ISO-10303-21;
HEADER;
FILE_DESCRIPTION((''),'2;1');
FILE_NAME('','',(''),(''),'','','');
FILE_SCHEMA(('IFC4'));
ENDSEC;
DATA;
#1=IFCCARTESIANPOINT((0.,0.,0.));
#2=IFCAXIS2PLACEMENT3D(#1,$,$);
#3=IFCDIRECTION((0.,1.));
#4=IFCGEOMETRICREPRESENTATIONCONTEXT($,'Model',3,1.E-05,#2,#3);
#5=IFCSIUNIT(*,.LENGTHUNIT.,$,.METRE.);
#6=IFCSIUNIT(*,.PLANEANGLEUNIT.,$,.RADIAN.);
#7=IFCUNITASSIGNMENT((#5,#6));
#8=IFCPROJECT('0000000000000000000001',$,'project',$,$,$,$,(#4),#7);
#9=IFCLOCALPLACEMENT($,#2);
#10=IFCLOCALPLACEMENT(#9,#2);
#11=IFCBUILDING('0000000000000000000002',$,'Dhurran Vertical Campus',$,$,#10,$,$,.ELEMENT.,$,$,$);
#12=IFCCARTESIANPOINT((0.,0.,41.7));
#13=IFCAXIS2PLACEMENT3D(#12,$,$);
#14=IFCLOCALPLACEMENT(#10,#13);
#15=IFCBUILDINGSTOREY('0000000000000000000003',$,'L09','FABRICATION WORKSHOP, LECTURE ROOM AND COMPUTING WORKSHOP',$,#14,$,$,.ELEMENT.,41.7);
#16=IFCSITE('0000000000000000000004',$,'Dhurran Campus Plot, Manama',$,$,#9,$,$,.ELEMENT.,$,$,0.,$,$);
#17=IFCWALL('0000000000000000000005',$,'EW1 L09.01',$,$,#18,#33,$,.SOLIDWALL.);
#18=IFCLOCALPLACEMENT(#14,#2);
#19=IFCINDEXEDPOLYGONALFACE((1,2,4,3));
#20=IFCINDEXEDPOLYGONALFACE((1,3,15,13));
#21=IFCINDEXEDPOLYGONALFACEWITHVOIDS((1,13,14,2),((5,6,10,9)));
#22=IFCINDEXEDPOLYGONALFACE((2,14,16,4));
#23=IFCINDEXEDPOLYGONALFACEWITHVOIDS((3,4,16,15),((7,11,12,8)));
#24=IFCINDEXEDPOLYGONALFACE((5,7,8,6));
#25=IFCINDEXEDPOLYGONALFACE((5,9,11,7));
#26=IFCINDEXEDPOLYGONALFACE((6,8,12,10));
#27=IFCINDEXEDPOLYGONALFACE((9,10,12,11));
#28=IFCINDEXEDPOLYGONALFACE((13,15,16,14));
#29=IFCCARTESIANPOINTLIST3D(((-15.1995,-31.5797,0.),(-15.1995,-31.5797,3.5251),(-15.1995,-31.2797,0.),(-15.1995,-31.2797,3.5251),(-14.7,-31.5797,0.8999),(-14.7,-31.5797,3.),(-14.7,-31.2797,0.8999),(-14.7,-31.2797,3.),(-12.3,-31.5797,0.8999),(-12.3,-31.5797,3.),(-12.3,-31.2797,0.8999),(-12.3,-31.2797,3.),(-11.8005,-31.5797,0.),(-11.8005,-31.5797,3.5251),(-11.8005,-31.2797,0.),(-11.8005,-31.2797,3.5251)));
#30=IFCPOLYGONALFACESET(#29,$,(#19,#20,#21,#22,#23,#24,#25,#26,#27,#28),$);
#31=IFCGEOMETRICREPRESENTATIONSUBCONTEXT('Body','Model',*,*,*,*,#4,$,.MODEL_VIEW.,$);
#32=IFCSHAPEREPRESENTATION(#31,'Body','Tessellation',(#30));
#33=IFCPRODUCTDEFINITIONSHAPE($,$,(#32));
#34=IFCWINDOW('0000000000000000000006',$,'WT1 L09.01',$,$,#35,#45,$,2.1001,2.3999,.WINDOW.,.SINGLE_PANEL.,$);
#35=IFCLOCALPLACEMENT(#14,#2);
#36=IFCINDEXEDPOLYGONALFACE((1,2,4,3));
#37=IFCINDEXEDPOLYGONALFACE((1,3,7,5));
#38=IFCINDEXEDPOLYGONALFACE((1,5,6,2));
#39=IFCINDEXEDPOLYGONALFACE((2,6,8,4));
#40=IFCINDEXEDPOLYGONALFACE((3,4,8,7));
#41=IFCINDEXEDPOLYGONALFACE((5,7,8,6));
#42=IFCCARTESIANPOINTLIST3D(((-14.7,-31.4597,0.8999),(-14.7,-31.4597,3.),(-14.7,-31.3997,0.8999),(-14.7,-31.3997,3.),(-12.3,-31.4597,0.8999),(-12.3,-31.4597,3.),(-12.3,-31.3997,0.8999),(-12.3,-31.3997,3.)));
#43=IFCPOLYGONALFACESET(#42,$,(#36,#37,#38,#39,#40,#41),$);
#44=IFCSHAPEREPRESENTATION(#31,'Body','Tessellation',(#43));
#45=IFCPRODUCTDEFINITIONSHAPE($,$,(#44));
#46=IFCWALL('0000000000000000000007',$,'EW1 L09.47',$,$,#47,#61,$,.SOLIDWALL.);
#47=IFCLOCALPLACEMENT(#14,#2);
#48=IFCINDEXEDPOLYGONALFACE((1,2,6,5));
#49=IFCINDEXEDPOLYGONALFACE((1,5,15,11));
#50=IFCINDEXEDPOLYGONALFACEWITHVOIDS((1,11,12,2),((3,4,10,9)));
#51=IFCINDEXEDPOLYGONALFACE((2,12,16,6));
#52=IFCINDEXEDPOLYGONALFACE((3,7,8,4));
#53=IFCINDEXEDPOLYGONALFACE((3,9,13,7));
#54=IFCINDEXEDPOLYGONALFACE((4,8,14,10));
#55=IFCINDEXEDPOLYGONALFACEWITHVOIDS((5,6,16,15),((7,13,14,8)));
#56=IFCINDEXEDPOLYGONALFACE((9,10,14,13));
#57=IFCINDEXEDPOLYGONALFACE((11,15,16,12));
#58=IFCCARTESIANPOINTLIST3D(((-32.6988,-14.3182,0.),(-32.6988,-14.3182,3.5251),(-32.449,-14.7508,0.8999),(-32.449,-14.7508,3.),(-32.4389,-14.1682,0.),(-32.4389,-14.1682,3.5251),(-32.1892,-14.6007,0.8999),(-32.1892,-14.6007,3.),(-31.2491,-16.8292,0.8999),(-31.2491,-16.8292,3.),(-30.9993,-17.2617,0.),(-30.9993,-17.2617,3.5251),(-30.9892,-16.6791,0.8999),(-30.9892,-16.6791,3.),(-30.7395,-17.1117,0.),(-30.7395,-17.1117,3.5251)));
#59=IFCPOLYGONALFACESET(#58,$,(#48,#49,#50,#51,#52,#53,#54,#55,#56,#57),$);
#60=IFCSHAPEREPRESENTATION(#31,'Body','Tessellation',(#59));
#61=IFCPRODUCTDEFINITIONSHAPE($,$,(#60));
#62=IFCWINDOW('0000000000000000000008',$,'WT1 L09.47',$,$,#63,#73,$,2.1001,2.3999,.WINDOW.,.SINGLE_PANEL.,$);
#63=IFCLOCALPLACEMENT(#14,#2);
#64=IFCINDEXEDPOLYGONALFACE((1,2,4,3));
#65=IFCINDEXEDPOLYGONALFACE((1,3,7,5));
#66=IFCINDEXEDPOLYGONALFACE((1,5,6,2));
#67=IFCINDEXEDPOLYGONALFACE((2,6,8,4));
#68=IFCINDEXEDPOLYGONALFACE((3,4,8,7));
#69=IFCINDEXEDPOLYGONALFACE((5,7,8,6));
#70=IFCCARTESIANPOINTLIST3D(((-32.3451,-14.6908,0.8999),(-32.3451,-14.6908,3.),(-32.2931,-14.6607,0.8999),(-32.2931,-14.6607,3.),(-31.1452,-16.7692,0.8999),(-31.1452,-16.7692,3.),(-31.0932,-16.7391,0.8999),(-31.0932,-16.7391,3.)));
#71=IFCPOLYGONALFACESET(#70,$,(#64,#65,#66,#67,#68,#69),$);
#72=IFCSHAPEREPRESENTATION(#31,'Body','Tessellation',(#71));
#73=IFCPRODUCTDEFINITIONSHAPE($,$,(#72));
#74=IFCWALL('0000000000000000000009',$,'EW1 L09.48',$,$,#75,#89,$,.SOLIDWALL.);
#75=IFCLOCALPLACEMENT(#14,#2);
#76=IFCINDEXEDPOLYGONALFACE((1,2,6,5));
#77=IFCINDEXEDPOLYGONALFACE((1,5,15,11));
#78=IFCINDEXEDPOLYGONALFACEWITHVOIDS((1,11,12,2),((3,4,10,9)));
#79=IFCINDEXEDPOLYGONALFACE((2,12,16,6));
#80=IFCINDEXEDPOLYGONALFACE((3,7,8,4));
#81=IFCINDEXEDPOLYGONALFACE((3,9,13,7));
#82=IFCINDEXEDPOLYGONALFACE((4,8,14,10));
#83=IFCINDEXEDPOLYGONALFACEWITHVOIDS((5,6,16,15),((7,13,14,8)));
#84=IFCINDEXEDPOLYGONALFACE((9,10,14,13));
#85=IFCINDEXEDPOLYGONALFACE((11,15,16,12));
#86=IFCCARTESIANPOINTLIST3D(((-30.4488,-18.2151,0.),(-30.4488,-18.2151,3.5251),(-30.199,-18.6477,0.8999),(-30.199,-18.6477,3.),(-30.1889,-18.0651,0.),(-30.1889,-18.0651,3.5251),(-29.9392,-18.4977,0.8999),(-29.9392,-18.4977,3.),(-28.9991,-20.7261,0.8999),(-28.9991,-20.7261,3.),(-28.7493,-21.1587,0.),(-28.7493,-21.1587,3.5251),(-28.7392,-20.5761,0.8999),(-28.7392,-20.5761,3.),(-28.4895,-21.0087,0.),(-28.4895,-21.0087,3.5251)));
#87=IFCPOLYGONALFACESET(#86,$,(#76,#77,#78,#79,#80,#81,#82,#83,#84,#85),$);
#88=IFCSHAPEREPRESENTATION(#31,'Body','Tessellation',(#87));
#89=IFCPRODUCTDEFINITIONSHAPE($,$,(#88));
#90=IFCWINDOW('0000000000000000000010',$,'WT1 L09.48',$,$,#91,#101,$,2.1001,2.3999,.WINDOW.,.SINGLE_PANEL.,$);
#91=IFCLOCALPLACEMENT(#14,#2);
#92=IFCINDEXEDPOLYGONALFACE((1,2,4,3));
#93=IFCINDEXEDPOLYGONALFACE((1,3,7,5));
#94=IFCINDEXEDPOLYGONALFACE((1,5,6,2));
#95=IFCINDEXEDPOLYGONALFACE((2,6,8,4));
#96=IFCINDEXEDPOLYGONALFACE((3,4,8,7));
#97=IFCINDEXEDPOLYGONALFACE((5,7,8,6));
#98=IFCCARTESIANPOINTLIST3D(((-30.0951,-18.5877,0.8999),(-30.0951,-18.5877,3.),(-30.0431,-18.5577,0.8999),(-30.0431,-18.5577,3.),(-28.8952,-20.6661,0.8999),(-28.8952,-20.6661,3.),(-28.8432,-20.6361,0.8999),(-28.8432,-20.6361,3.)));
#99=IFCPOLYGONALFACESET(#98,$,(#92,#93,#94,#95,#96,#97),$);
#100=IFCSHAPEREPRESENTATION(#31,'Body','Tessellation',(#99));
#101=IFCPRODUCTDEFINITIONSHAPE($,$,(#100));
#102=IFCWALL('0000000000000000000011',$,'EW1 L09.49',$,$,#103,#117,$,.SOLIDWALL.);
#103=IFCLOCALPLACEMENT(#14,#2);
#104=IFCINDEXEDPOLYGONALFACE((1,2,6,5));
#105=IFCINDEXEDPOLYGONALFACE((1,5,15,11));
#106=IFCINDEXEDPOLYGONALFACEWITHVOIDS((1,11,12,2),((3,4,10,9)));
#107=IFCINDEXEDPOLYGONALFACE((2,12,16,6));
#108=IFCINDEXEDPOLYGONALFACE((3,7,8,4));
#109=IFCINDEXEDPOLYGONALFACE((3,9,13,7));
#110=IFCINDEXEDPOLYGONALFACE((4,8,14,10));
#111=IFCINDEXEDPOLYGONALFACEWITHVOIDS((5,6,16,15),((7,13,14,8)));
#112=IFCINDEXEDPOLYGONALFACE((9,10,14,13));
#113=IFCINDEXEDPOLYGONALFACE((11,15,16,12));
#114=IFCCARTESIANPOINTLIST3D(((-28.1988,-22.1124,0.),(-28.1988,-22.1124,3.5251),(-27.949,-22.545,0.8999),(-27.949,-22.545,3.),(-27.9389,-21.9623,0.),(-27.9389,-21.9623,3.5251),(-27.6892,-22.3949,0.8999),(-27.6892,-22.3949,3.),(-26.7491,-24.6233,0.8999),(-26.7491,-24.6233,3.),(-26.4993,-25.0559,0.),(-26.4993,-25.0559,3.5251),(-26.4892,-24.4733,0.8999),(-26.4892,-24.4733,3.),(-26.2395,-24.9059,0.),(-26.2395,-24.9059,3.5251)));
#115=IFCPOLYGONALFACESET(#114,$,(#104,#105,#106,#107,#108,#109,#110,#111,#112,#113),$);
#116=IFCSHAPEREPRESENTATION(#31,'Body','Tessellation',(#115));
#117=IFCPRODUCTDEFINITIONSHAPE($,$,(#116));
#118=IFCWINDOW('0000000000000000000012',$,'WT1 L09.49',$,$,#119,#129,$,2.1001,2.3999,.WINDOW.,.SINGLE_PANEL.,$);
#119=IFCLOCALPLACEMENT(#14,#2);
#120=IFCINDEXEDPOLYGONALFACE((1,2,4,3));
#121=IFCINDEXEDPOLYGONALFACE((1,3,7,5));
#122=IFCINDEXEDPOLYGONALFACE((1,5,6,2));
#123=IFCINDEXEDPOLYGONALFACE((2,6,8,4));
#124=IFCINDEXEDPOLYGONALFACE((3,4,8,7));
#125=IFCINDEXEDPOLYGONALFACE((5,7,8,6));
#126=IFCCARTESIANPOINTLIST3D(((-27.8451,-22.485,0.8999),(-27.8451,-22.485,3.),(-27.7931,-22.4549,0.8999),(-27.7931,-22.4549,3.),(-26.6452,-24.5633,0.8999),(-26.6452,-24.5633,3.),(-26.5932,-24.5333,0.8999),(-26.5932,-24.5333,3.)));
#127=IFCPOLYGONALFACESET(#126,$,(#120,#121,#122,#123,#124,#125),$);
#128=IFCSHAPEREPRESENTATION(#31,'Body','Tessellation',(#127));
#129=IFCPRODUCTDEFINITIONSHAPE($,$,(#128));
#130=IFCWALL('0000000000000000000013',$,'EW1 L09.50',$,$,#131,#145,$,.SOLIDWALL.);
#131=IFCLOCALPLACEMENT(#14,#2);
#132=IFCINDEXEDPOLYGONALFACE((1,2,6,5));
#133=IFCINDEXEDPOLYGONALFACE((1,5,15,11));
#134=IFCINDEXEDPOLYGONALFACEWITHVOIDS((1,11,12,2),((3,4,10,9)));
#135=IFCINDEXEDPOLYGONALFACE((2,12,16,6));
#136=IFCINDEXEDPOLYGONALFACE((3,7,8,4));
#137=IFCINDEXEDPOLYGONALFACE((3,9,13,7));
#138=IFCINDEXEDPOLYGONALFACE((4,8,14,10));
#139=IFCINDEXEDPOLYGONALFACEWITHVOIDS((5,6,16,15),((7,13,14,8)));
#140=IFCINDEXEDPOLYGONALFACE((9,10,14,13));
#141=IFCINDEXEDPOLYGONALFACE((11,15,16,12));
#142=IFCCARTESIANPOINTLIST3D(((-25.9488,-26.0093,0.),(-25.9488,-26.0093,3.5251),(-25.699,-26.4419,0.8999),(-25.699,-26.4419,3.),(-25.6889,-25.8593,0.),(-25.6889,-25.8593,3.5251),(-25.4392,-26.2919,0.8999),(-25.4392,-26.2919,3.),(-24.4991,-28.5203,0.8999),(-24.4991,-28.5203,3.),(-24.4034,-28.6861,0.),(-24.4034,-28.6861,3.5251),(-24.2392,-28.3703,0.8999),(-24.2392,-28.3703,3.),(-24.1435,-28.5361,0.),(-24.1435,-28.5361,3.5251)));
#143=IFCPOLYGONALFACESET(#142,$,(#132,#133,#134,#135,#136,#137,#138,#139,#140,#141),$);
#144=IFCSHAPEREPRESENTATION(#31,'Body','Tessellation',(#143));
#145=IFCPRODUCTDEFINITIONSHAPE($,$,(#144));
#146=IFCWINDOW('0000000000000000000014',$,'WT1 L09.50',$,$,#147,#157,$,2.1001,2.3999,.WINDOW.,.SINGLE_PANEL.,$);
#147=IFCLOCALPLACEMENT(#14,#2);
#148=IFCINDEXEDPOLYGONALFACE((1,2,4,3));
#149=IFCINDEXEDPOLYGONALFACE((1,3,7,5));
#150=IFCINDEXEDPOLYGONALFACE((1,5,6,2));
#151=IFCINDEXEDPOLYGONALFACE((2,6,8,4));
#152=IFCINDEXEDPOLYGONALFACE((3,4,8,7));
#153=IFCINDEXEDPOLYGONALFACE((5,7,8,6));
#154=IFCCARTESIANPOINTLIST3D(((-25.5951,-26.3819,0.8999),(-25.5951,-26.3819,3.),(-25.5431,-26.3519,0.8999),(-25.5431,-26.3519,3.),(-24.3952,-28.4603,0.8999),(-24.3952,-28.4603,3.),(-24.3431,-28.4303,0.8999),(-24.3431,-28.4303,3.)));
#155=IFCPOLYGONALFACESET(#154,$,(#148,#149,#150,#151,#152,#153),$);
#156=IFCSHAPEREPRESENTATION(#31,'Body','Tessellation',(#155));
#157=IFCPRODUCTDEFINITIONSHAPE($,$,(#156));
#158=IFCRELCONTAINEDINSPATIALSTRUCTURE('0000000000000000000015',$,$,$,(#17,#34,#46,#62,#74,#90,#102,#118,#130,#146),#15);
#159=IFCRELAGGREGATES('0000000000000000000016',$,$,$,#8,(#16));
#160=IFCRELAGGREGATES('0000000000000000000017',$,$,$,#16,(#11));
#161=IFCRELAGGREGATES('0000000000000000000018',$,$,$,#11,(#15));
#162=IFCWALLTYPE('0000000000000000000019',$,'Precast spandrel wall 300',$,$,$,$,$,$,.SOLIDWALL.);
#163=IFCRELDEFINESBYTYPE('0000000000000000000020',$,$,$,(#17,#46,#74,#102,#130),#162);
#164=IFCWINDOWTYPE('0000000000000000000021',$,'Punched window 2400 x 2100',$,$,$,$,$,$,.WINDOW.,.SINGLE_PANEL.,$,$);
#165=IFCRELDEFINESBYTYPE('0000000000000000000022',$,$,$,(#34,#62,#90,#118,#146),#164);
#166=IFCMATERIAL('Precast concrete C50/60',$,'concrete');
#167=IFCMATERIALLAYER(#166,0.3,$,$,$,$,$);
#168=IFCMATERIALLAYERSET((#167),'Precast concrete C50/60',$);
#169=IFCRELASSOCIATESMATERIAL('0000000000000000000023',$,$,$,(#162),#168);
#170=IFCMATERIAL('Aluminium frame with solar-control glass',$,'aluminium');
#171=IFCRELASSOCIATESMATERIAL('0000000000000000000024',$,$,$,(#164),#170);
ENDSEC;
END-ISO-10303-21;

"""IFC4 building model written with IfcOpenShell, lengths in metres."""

from ifc_helpers import new_model, si_unit, direction, frame, frame_2d, origin, place, context, subcontext, project, spatial, rectangle, extrude, material, layer, layer_set, type_object, element, fill, save


model = new_model("IFC4")

# Units and contexts
model_context = context("Model", 3, precision=1e-05, world=origin(), true_north=direction((0.0, 1.0)))
body_context = subcontext(model_context, "Body", "Model", "MODEL_VIEW")
ifc_project = project(units=[si_unit("LENGTHUNIT", "METRE"), si_unit("PLANEANGLEUNIT", "RADIAN")], contexts=[model_context])

# Site, building, storey
site_placement = place(None, origin())
site = spatial("IfcSite", under=ifc_project, at=site_placement, Name="Dhurran Campus Plot, Manama", CompositionType="ELEMENT", RefElevation=0.0)
building_placement = place(site_placement, origin())
building = spatial("IfcBuilding", under=site, at=building_placement, Name="Dhurran Vertical Campus", CompositionType="ELEMENT")
storey_placement = place(building_placement, frame((0.0, 0.0, 41.7)))
storey = spatial("IfcBuildingStorey", under=building, at=storey_placement, Name="L09", Description="FABRICATION WORKSHOP, LECTURE ROOM AND COMPUTING WORKSHOP", CompositionType="ELEMENT", Elevation=41.7)

# Walls, openings, windows
ifc_material_1 = material(Name="Precast concrete C50/60", Category="concrete")
ifc_layer_1 = layer(ifc_material_1, 0.3)
ifc_layer_set_1 = layer_set([ifc_layer_1], Name="Precast concrete C50/60")
wall_type_1 = type_object("IfcWallType", Name="Precast spandrel wall 300", PredefinedType="SOLIDWALL", material=ifc_layer_set_1)
ifc_material_2 = material(Name="Aluminium frame with solar-control glass", Category="aluminium")
window_type = type_object("IfcWindowType", Name="Punched window 2400 x 2100", PartitioningType="SINGLE_PANEL", PredefinedType="WINDOW", material=ifc_material_2)
wall_1_placement = place(storey_placement, frame((-15.1995, -31.4297, 0.0), z_axis=(0.0, 0.0, 1.0), x_axis=(1.0, 0.0, 0.0)))
wall_1 = element("IfcWall", 1, at=wall_1_placement, inside=storey, type_object=wall_type_1, Name="EW1 L09.01", PredefinedType="SOLIDWALL", context=body_context, shape_type="SweptSolid", body=[
    extrude(rectangle(XDim=3.3989, YDim=0.3, at=frame_2d((1.6995, 0.0))), origin(), (0.0, 0.0, 1.0), 3.5251),
])
opening_1_placement = place(wall_1_placement, frame((0.4995, 0.0, 0.8999)))
opening_1 = element("IfcOpeningElement", 2, at=opening_1_placement, cuts=wall_1, PredefinedType="OPENING", context=body_context, shape_type="SweptSolid", body=[
    extrude(rectangle(XDim=2.3999, YDim=2.1001, at=frame_2d((1.2, 1.05))), frame((0.0, 0.1599, 0.0), z_axis=(0.0, -1.0, 0.0), x_axis=(1.0, 0.0, 0.0)), (0.0, 0.0, 1.0), 0.3201),
])
window_1_placement = place(opening_1_placement, origin())
window_1 = element("IfcWindow", 3, at=window_1_placement, inside=storey, type_object=window_type, Name="WT1 L09.01", OverallHeight=2.1001, OverallWidth=2.3999, PartitioningType="SINGLE_PANEL", PredefinedType="WINDOW", context=body_context, shape_type="SweptSolid", body=[
    extrude(rectangle(XDim=2.3999, YDim=2.1001, at=frame_2d((1.2, 1.05))), frame((0.0, 0.03, 0.0), z_axis=(0.0, -1.0, 0.0), x_axis=(1.0, 0.0, 0.0)), (0.0, 0.0, 1.0), 0.0601),
])
fill(opening_1, window_1)
wall_2_placement = place(storey_placement, frame((-32.5688, -14.2432, 0.0), z_axis=(0.0, 0.0, 1.0), x_axis=(0.499994, -0.866029, 0.0)))
wall_2 = element("IfcWall", 4, at=wall_2_placement, inside=storey, type_object=wall_type_1, Name="EW1 L09.47", PredefinedType="SOLIDWALL", context=body_context, shape_type="SweptSolid", body=[
    extrude(rectangle(XDim=3.3989, YDim=0.3, at=frame_2d((1.6995, 0.0))), origin(), (0.0, 0.0, 1.0), 3.5251),
])
opening_2_placement = place(wall_2_placement, frame((0.4995, 0.0, 0.8999)))
opening_2 = element("IfcOpeningElement", 5, at=opening_2_placement, cuts=wall_2, PredefinedType="OPENING", context=body_context, shape_type="SweptSolid", body=[
    extrude(rectangle(XDim=2.3999, YDim=2.1001, at=frame_2d((1.2, 1.05))), frame((0.0, 0.1599, 0.0), z_axis=(0.0, -1.0, 0.0), x_axis=(1.0, 0.0, 0.0)), (0.0, 0.0, 1.0), 0.3201),
])
window_2_placement = place(opening_2_placement, origin())
window_2 = element("IfcWindow", 6, at=window_2_placement, inside=storey, type_object=window_type, Name="WT1 L09.47", OverallHeight=2.1001, OverallWidth=2.3999, PartitioningType="SINGLE_PANEL", PredefinedType="WINDOW", context=body_context, shape_type="SweptSolid", body=[
    extrude(rectangle(XDim=2.3999, YDim=2.1001, at=frame_2d((1.2, 1.05))), frame((0.0, 0.03, 0.0), z_axis=(0.0, -1.0, 0.0), x_axis=(1.0, 0.0, 0.0)), (0.0, 0.0, 1.0), 0.0601),
])
fill(opening_2, window_2)
wall_3_placement = place(storey_placement, frame((-30.3188, -18.1401, 0.0), z_axis=(0.0, 0.0, 1.0), x_axis=(0.499994, -0.866029, 0.0)))
wall_3 = element("IfcWall", 7, at=wall_3_placement, inside=storey, type_object=wall_type_1, Name="EW1 L09.48", PredefinedType="SOLIDWALL", context=body_context, shape_type="SweptSolid", body=[
    extrude(rectangle(XDim=3.3989, YDim=0.3, at=frame_2d((1.6995, 0.0))), origin(), (0.0, 0.0, 1.0), 3.5251),
])
opening_3_placement = place(wall_3_placement, frame((0.4995, 0.0, 0.8999)))
opening_3 = element("IfcOpeningElement", 8, at=opening_3_placement, cuts=wall_3, PredefinedType="OPENING", context=body_context, shape_type="SweptSolid", body=[
    extrude(rectangle(XDim=2.3999, YDim=2.1001, at=frame_2d((1.2, 1.05))), frame((0.0, 0.1599, 0.0), z_axis=(0.0, -1.0, 0.0), x_axis=(1.0, 0.0, 0.0)), (0.0, 0.0, 1.0), 0.3201),
])
window_3_placement = place(opening_3_placement, origin())
window_3 = element("IfcWindow", 9, at=window_3_placement, inside=storey, type_object=window_type, Name="WT1 L09.48", OverallHeight=2.1001, OverallWidth=2.3999, PartitioningType="SINGLE_PANEL", PredefinedType="WINDOW", context=body_context, shape_type="SweptSolid", body=[
    extrude(rectangle(XDim=2.3999, YDim=2.1001, at=frame_2d((1.2, 1.05))), frame((0.0, 0.03, 0.0), z_axis=(0.0, -1.0, 0.0), x_axis=(1.0, 0.0, 0.0)), (0.0, 0.0, 1.0), 0.0601),
])
fill(opening_3, window_3)
wall_4_placement = place(storey_placement, frame((-28.0688, -22.0374, 0.0), z_axis=(0.0, 0.0, 1.0), x_axis=(0.499994, -0.866029, 0.0)))
wall_4 = element("IfcWall", 10, at=wall_4_placement, inside=storey, type_object=wall_type_1, Name="EW1 L09.49", PredefinedType="SOLIDWALL", context=body_context, shape_type="SweptSolid", body=[
    extrude(rectangle(XDim=3.3989, YDim=0.3, at=frame_2d((1.6995, 0.0))), origin(), (0.0, 0.0, 1.0), 3.5251),
])
opening_4_placement = place(wall_4_placement, frame((0.4995, 0.0, 0.8999)))
opening_4 = element("IfcOpeningElement", 11, at=opening_4_placement, cuts=wall_4, PredefinedType="OPENING", context=body_context, shape_type="SweptSolid", body=[
    extrude(rectangle(XDim=2.3999, YDim=2.1001, at=frame_2d((1.2, 1.05))), frame((0.0, 0.1599, 0.0), z_axis=(0.0, -1.0, 0.0), x_axis=(1.0, 0.0, 0.0)), (0.0, 0.0, 1.0), 0.3201),
])
window_4_placement = place(opening_4_placement, origin())
window_4 = element("IfcWindow", 12, at=window_4_placement, inside=storey, type_object=window_type, Name="WT1 L09.49", OverallHeight=2.1001, OverallWidth=2.3999, PartitioningType="SINGLE_PANEL", PredefinedType="WINDOW", context=body_context, shape_type="SweptSolid", body=[
    extrude(rectangle(XDim=2.3999, YDim=2.1001, at=frame_2d((1.2, 1.05))), frame((0.0, 0.03, 0.0), z_axis=(0.0, -1.0, 0.0), x_axis=(1.0, 0.0, 0.0)), (0.0, 0.0, 1.0), 0.0601),
])
fill(opening_4, window_4)
wall_5_placement = place(storey_placement, frame((-25.8188, -25.9343, 0.0), z_axis=(0.0, 0.0, 1.0), x_axis=(0.499996, -0.866028, 0.0)))
wall_5 = element("IfcWall", 13, at=wall_5_placement, inside=storey, type_object=wall_type_1, Name="EW1 L09.50", PredefinedType="SOLIDWALL", context=body_context, shape_type="SweptSolid", body=[
    extrude(rectangle(XDim=3.0908, YDim=0.3, at=frame_2d((1.5454, 0.0))), origin(), (0.0, 0.0, 1.0), 3.5251),
])
opening_5_placement = place(wall_5_placement, frame((0.4995, 0.0, 0.8999)))
opening_5 = element("IfcOpeningElement", 14, at=opening_5_placement, cuts=wall_5, PredefinedType="OPENING", context=body_context, shape_type="SweptSolid", body=[
    extrude(rectangle(XDim=2.3999, YDim=2.1001, at=frame_2d((1.2, 1.05))), frame((0.0, 0.1599, 0.0), z_axis=(0.0, -1.0, 0.0), x_axis=(1.0, 0.0, 0.0)), (0.0, 0.0, 1.0), 0.3201),
])
window_5_placement = place(opening_5_placement, origin())
window_5 = element("IfcWindow", 15, at=window_5_placement, inside=storey, type_object=window_type, Name="WT1 L09.50", OverallHeight=2.1001, OverallWidth=2.3999, PartitioningType="SINGLE_PANEL", PredefinedType="WINDOW", context=body_context, shape_type="SweptSolid", body=[
    extrude(rectangle(XDim=2.3999, YDim=2.1001, at=frame_2d((1.2, 1.05))), frame((0.0, 0.03, 0.0), z_axis=(0.0, -1.0, 0.0), x_axis=(1.0, 0.0, 0.0)), (0.0, 0.0, 1.0), 0.0601),
])
fill(opening_5, window_5)

save(model, "model.ifc")
